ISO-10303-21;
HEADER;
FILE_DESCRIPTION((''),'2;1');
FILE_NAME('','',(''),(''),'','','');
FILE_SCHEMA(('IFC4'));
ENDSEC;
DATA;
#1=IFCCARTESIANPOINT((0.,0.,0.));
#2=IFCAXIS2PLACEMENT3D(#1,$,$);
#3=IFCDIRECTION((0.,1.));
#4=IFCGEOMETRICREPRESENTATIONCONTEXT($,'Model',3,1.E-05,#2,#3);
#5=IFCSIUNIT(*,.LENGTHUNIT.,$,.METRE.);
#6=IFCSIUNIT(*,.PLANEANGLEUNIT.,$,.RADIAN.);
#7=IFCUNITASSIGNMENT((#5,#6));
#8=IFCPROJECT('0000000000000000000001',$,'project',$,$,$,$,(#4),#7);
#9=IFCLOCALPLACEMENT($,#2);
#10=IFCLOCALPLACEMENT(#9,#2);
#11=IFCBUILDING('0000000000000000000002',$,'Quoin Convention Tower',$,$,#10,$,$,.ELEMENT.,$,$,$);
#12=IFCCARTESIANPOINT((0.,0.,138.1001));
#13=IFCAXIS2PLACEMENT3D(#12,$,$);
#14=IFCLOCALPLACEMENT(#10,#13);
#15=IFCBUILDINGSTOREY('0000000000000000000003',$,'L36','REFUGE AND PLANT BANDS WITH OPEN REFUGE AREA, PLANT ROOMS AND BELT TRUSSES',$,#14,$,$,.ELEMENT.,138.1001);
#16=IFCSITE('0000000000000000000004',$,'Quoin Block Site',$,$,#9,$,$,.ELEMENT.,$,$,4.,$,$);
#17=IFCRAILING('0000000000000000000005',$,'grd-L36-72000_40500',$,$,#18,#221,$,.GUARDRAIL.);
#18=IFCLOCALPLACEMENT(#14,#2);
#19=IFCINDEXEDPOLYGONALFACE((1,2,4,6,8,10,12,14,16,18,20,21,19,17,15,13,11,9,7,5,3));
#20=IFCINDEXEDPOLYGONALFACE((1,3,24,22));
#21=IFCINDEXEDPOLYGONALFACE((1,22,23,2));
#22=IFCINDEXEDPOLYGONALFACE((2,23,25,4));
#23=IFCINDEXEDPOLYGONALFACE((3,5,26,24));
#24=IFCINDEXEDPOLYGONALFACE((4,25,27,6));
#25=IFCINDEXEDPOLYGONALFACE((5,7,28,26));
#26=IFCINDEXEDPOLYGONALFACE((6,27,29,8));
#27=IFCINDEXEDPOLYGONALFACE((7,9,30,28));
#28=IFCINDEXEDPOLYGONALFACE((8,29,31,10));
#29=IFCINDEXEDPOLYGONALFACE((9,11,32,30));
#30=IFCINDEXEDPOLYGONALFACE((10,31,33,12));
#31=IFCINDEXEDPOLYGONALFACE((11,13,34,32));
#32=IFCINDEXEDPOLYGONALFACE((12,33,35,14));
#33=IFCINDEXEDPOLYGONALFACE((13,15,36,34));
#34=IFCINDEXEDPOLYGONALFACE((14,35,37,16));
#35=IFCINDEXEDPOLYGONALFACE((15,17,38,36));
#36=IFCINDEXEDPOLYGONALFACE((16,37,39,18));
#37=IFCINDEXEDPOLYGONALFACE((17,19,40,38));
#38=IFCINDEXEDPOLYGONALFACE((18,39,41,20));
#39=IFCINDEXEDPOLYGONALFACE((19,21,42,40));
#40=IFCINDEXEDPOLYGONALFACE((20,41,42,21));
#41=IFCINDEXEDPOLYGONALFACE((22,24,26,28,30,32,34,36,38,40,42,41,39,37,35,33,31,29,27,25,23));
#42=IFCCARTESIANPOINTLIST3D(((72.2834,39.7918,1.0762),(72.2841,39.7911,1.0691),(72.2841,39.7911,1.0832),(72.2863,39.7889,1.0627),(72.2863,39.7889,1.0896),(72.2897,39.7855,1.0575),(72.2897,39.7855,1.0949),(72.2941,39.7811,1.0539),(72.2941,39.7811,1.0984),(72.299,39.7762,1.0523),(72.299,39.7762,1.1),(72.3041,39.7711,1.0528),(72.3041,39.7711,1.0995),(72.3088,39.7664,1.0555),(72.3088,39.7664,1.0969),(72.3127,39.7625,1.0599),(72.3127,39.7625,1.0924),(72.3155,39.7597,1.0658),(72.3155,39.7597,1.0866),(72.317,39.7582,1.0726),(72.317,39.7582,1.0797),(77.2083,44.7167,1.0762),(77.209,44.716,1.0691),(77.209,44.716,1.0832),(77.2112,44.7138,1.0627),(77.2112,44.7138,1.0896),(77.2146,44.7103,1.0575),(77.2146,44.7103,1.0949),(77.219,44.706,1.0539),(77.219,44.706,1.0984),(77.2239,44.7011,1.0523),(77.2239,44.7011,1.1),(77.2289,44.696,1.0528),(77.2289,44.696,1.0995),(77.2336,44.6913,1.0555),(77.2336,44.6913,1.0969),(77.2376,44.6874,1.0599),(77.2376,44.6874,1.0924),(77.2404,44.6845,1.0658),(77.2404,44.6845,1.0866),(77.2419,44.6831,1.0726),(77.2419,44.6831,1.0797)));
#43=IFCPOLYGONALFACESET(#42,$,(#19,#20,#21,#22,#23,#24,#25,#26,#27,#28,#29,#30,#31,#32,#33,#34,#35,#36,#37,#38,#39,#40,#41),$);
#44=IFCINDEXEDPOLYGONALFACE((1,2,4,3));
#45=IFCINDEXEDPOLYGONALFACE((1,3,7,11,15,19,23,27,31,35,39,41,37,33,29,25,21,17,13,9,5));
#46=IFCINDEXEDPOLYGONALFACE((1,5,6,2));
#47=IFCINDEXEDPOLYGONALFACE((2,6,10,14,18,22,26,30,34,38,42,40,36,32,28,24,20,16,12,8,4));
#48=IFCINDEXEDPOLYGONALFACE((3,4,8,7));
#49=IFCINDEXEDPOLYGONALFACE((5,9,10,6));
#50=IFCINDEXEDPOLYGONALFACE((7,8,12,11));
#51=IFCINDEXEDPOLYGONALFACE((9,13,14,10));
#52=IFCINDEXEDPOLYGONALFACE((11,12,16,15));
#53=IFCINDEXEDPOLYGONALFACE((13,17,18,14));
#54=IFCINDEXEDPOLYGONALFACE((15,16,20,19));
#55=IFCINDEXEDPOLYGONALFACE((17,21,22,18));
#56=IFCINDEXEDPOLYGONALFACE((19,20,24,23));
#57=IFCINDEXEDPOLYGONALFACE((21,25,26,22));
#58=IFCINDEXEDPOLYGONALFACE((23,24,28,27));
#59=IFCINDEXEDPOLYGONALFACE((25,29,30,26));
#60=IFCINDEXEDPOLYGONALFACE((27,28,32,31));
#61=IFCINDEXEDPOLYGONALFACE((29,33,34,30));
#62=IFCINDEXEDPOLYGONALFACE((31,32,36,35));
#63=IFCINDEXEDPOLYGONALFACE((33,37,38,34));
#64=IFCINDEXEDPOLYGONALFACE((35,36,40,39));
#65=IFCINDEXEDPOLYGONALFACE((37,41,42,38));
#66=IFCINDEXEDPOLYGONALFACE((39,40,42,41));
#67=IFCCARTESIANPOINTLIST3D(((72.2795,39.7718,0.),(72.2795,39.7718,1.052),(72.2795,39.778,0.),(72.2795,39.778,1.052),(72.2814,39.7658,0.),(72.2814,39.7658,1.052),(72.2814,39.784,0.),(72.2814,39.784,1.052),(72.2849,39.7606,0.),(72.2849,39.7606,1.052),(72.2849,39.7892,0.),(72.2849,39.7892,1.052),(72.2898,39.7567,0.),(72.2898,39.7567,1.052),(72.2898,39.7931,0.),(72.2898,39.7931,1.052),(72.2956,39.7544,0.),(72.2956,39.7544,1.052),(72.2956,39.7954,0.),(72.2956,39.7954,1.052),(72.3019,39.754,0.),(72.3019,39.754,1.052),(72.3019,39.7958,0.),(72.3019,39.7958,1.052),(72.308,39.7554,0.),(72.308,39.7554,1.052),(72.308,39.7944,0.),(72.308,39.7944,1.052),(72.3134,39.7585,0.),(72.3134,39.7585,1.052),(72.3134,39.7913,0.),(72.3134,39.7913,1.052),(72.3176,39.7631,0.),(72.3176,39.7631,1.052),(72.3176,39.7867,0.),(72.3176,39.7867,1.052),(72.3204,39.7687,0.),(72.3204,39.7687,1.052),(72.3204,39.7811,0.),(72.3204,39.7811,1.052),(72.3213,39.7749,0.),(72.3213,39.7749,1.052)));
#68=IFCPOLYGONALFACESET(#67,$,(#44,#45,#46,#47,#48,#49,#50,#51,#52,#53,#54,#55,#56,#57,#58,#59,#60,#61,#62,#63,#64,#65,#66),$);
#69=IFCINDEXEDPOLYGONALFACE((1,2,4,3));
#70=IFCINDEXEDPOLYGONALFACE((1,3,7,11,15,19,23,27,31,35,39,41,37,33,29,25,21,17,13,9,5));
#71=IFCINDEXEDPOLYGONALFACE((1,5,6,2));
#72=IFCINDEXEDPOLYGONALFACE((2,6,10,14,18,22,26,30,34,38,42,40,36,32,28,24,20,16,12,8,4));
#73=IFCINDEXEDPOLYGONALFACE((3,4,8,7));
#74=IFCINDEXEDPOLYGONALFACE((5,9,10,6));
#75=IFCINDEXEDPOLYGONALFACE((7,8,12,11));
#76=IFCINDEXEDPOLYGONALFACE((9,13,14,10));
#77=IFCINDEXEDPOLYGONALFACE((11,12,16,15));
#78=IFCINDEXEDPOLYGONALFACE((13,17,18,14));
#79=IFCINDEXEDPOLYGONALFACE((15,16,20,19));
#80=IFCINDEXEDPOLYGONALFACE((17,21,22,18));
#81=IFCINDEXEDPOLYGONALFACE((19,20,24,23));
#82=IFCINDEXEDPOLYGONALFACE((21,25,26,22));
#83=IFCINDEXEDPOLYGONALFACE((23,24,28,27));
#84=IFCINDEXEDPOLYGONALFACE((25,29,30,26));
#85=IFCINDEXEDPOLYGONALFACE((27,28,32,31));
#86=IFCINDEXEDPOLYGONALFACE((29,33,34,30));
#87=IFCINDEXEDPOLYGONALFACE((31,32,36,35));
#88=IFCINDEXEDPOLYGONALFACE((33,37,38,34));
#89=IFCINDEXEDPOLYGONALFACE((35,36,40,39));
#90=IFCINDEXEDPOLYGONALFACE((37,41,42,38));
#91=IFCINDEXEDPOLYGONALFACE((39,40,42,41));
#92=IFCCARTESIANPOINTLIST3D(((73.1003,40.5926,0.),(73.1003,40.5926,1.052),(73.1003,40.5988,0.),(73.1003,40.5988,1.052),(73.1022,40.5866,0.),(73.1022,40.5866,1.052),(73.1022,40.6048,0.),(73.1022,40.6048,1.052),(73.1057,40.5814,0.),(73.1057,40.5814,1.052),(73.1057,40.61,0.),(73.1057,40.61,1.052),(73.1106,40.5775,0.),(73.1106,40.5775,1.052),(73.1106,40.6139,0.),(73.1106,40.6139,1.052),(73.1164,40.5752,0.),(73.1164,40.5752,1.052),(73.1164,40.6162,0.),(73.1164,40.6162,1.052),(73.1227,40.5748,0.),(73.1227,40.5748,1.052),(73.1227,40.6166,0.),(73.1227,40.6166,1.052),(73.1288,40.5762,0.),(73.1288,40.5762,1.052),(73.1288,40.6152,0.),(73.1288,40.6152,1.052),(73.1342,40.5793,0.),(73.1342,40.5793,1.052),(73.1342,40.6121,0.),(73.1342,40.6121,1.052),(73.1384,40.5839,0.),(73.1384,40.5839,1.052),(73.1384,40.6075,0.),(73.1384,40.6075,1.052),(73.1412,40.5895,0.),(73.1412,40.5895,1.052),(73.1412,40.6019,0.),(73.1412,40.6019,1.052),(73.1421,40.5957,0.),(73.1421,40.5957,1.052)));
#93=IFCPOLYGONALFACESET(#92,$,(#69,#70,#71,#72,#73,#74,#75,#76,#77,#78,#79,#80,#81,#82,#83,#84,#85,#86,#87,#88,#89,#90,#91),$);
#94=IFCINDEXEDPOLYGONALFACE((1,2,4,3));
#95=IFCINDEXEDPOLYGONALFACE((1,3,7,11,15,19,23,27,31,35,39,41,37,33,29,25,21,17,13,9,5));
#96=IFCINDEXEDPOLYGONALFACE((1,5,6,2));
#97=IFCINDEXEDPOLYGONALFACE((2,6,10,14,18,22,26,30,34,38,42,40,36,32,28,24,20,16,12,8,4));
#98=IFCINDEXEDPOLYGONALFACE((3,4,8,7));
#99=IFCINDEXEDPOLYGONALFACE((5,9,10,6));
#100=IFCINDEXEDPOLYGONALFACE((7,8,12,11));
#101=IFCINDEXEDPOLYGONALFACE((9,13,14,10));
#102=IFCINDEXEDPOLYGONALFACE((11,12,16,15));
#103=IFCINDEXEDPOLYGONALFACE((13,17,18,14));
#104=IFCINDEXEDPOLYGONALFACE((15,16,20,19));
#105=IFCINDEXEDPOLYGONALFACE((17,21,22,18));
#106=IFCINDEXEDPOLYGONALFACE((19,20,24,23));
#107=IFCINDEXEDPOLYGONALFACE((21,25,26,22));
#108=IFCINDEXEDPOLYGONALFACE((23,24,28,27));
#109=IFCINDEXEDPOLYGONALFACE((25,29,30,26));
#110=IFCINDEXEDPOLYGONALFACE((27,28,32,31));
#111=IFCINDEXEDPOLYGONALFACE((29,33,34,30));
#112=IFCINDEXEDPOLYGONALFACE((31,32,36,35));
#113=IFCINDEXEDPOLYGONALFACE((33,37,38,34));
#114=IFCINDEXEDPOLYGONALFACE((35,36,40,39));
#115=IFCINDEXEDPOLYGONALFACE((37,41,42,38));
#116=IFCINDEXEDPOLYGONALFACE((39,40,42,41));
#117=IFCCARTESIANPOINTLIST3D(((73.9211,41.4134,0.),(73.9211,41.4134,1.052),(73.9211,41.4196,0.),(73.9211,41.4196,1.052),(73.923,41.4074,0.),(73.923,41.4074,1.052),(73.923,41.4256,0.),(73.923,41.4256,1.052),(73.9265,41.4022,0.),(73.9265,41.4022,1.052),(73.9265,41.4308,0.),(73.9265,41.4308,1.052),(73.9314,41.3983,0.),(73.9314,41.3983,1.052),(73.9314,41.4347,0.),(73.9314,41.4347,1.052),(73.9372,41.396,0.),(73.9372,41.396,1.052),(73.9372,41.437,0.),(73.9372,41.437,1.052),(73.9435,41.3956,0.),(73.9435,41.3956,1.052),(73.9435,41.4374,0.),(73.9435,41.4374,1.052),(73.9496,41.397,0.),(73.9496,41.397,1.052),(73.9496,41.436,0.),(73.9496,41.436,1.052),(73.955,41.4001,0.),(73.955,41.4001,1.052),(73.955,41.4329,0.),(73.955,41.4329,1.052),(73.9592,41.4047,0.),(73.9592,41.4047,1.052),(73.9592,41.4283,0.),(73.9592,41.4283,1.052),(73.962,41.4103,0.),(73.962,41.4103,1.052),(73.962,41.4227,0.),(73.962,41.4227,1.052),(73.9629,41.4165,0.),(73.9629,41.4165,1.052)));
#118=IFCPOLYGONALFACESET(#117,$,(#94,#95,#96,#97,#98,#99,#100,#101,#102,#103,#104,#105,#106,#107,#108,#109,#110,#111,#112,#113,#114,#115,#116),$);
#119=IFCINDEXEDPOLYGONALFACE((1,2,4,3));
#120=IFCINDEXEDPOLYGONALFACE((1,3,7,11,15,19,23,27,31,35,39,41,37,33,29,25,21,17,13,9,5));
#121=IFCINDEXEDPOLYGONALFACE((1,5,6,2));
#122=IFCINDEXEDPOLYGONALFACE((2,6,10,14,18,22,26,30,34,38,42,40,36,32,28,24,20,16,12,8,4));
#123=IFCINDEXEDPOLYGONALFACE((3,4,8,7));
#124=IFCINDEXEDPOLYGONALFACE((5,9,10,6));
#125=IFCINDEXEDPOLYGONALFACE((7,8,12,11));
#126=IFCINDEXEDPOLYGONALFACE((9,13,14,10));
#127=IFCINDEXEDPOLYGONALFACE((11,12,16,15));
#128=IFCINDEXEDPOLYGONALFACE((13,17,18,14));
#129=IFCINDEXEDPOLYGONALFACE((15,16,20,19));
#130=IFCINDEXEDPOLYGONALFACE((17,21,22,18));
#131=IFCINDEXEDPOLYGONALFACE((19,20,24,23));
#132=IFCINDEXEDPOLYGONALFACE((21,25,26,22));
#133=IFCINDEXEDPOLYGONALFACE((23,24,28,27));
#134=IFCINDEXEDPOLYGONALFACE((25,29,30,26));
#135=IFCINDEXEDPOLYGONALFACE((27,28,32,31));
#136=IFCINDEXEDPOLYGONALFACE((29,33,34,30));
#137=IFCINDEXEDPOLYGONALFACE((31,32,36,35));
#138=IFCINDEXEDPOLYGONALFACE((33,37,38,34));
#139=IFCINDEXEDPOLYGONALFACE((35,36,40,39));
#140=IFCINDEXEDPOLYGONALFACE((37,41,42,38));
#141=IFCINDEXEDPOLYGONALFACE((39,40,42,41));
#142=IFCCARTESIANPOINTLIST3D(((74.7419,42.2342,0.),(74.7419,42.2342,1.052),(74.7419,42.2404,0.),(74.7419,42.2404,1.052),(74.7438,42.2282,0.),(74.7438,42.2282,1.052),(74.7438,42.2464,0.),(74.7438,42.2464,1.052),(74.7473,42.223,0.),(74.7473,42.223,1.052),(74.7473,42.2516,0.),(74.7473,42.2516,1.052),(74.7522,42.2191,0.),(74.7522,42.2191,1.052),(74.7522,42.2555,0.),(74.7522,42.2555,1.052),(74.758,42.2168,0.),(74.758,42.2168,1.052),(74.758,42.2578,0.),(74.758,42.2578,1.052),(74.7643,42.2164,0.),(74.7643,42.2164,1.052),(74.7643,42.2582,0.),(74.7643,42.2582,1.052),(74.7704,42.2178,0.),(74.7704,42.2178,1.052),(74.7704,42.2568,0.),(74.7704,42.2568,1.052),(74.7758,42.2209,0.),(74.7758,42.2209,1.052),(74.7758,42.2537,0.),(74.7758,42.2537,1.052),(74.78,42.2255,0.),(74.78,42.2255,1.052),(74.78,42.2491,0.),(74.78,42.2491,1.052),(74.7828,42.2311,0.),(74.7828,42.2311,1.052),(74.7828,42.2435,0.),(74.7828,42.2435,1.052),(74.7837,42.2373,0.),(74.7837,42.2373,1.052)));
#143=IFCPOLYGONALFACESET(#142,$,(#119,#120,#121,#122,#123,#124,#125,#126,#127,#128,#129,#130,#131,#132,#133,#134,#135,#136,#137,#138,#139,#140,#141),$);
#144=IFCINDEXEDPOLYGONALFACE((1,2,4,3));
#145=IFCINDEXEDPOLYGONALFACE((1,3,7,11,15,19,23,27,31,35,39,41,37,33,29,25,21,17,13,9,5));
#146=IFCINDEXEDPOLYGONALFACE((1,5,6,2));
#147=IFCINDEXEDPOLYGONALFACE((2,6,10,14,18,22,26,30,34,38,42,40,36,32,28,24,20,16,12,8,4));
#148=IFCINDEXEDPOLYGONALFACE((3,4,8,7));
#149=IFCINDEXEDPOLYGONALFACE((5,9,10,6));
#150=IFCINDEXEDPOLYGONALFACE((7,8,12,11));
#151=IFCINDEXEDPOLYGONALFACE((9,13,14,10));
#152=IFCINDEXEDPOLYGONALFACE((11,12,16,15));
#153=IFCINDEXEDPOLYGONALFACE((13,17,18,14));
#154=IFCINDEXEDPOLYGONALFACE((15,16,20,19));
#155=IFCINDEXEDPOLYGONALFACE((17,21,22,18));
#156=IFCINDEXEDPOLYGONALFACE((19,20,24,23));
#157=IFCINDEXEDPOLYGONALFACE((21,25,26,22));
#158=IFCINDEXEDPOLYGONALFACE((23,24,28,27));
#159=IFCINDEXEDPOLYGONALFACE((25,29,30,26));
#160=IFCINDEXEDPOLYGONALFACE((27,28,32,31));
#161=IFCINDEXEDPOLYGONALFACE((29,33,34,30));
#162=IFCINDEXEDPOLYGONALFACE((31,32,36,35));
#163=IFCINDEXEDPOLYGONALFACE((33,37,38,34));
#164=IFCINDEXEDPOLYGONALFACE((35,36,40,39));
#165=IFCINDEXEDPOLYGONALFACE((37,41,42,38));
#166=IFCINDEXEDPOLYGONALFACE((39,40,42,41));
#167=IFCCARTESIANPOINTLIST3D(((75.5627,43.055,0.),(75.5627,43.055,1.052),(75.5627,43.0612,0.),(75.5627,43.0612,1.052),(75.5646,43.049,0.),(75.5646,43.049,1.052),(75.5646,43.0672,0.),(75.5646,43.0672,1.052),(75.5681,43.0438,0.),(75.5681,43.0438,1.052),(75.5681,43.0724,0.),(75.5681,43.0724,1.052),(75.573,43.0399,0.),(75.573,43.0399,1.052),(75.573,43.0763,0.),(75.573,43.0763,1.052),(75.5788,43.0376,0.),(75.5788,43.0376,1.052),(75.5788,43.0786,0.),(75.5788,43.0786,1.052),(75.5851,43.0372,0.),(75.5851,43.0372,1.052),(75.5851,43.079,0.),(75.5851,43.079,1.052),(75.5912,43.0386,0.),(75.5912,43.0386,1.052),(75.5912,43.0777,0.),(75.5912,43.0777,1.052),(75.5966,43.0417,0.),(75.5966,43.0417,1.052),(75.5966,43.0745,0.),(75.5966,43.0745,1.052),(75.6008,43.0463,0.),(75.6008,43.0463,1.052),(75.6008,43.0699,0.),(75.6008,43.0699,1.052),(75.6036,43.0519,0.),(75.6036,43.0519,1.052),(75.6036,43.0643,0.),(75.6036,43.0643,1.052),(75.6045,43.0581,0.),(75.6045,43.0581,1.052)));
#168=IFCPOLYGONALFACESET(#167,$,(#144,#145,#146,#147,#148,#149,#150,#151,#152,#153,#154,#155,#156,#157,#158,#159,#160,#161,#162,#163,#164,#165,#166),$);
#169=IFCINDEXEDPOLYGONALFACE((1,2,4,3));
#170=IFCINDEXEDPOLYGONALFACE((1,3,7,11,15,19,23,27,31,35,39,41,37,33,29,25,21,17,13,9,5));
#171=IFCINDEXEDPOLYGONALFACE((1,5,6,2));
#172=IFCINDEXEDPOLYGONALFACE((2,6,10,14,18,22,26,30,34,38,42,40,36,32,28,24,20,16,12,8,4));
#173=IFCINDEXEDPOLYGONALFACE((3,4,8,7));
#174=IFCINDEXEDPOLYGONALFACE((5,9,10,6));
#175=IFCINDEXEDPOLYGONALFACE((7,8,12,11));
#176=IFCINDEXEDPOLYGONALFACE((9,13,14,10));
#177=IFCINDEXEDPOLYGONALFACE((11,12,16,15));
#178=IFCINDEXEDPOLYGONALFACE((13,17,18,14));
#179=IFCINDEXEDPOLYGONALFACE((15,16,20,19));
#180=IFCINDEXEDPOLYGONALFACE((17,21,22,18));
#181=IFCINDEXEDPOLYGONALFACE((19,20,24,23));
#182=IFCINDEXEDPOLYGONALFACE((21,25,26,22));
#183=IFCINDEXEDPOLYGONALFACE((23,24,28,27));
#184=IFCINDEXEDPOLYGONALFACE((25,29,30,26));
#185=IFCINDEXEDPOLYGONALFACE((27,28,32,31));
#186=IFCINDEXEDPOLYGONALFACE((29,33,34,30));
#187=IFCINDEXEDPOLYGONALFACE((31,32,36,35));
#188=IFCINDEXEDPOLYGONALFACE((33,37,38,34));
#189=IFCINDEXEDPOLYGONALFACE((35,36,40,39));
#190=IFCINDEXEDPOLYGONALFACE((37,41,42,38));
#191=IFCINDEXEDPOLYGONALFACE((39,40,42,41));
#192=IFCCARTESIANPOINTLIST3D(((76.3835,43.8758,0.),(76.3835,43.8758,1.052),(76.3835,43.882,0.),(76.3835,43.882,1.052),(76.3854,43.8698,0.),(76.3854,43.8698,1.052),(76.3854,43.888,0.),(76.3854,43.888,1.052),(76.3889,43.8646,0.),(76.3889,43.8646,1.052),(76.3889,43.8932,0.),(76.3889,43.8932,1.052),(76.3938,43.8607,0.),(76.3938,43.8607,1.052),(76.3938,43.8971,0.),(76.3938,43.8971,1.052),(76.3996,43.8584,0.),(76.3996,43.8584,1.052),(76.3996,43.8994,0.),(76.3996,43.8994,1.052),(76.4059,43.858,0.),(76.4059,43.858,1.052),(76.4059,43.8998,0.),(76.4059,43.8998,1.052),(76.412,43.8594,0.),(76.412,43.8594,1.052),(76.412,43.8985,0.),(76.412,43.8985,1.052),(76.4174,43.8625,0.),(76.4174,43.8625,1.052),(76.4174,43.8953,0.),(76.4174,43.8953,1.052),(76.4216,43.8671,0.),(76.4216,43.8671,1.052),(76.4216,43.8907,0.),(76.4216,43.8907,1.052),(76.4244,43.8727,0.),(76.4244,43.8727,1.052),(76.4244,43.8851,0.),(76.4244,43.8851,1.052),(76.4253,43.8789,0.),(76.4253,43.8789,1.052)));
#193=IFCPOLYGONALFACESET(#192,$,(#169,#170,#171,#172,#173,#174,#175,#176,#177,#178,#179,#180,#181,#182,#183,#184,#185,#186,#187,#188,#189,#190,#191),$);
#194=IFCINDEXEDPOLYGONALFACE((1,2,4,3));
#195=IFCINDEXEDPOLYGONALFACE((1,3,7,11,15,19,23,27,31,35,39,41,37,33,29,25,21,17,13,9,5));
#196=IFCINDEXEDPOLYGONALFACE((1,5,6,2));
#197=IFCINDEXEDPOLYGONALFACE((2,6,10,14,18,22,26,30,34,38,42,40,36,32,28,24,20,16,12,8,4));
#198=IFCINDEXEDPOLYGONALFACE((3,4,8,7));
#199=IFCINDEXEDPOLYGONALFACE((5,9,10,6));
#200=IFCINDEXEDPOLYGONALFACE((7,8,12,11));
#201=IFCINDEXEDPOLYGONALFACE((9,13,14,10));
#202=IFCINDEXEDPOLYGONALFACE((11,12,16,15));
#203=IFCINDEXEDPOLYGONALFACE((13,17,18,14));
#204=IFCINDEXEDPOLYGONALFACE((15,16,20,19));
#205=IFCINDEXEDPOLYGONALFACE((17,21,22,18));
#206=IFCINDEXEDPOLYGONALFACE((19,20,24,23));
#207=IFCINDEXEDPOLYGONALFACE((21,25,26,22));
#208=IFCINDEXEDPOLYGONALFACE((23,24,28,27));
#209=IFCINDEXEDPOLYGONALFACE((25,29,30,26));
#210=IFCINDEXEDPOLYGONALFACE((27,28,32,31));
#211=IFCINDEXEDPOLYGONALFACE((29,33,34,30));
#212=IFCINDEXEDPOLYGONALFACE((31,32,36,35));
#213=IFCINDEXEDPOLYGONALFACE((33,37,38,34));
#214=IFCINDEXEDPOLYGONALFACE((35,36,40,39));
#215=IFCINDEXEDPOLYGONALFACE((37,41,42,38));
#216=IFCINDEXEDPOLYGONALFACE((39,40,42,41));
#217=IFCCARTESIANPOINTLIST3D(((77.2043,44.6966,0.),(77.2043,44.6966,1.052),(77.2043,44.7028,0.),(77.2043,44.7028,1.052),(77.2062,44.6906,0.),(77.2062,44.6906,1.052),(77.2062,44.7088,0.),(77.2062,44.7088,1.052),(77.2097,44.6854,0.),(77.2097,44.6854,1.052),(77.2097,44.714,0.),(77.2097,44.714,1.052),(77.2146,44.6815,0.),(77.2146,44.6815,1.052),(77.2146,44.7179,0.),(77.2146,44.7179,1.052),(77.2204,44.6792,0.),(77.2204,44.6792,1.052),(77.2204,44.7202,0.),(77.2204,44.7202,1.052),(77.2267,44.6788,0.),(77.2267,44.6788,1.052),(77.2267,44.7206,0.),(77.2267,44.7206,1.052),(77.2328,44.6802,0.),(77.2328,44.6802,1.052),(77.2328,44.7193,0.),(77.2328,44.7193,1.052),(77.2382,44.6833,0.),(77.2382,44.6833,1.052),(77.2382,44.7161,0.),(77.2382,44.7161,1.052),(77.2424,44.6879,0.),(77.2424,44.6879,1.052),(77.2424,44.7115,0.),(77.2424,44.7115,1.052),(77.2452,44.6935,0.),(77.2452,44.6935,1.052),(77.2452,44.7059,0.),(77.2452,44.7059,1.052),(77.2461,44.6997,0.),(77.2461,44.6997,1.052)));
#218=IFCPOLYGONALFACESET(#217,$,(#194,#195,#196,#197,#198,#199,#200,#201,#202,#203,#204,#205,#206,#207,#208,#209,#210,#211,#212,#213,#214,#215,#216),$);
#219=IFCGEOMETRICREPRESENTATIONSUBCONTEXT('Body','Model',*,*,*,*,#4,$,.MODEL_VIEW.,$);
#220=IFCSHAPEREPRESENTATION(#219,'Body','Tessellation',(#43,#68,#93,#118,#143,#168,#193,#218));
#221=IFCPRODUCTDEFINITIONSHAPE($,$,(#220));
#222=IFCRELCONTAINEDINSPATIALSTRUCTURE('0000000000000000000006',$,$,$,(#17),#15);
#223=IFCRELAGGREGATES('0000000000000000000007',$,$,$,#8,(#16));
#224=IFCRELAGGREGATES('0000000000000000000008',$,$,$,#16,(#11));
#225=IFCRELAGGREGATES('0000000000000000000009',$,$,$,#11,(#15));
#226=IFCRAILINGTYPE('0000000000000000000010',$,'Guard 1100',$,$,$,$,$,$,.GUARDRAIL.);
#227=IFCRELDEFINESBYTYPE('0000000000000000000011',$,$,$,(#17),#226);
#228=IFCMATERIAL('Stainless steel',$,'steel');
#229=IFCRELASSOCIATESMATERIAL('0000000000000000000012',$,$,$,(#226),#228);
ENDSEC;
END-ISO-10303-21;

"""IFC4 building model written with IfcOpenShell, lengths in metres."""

from ifc_helpers import new_model, si_unit, direction, frame, origin, origin_2d, place, context, subcontext, project, spatial, circle, extrude, material, type_object, element, save


model = new_model("IFC4")

# Units and contexts
model_context = context("Model", 3, precision=1e-05, world=origin(), true_north=direction((0.0, 1.0)))
body_context = subcontext(model_context, "Body", "Model", "MODEL_VIEW")
ifc_project = project(units=[si_unit("LENGTHUNIT", "METRE"), si_unit("PLANEANGLEUNIT", "RADIAN")], contexts=[model_context])

# Site, building, storey
site_placement = place(None, origin())
site = spatial("IfcSite", under=ifc_project, at=site_placement, Name="Quoin Block Site", CompositionType="ELEMENT", RefElevation=4.0)
building_placement = place(site_placement, origin())
building = spatial("IfcBuilding", under=site, at=building_placement, Name="Quoin Convention Tower", CompositionType="ELEMENT")
storey_placement = place(building_placement, frame((0.0, 0.0, 138.1001)))
storey = spatial("IfcBuildingStorey", under=building, at=storey_placement, Name="L36", Description="REFUGE AND PLANT BANDS WITH OPEN REFUGE AREA, PLANT ROOMS AND BELT TRUSSES", CompositionType="ELEMENT", Elevation=138.1001)

# Railing
ifc_material_1 = material(Name="Stainless steel", Category="steel")
railing_type = type_object("IfcRailingType", Name="Guard 1100", PredefinedType="GUARDRAIL", material=ifc_material_1)
railing_1_placement = place(storey_placement, frame((72.3003, 39.7749, 0.0)))
element("IfcRailing", 1, at=railing_1_placement, inside=storey, type_object=railing_type, Name="grd-L36-72000_40500", PredefinedType="GUARDRAIL", context=body_context, shape_type="SweptSolid", body=[
    extrude(circle(Radius=0.0239, at=origin_2d()), frame((0.0, 0.0, 1.0762), z_axis=(0.707107, 0.707107, 0.0), x_axis=(-0.707107, 0.707107, 0.0)), (0.0, 0.0, 1.0), 6.9648),
    extrude(circle(Radius=0.021, at=origin_2d()), origin(), (0.0, 0.0, 1.0), 1.052),
    extrude(circle(Radius=0.021, at=origin_2d()), frame((0.8208, 0.8208, 0.0)), (0.0, 0.0, 1.0), 1.052),
    extrude(circle(Radius=0.021, at=origin_2d()), frame((1.6416, 1.6416, 0.0)), (0.0, 0.0, 1.0), 1.052),
    extrude(circle(Radius=0.021, at=origin_2d()), frame((2.4624, 2.4624, 0.0)), (0.0, 0.0, 1.0), 1.052),
    extrude(circle(Radius=0.021, at=origin_2d()), frame((3.2832, 3.2832, 0.0)), (0.0, 0.0, 1.0), 1.052),
    extrude(circle(Radius=0.021, at=origin_2d()), frame((4.104, 4.104, 0.0)), (0.0, 0.0, 1.0), 1.052),
    extrude(circle(Radius=0.021, at=origin_2d()), frame((4.9248, 4.9248, 0.0)), (0.0, 0.0, 1.0), 1.052),
])

save(model, "model.ifc")
